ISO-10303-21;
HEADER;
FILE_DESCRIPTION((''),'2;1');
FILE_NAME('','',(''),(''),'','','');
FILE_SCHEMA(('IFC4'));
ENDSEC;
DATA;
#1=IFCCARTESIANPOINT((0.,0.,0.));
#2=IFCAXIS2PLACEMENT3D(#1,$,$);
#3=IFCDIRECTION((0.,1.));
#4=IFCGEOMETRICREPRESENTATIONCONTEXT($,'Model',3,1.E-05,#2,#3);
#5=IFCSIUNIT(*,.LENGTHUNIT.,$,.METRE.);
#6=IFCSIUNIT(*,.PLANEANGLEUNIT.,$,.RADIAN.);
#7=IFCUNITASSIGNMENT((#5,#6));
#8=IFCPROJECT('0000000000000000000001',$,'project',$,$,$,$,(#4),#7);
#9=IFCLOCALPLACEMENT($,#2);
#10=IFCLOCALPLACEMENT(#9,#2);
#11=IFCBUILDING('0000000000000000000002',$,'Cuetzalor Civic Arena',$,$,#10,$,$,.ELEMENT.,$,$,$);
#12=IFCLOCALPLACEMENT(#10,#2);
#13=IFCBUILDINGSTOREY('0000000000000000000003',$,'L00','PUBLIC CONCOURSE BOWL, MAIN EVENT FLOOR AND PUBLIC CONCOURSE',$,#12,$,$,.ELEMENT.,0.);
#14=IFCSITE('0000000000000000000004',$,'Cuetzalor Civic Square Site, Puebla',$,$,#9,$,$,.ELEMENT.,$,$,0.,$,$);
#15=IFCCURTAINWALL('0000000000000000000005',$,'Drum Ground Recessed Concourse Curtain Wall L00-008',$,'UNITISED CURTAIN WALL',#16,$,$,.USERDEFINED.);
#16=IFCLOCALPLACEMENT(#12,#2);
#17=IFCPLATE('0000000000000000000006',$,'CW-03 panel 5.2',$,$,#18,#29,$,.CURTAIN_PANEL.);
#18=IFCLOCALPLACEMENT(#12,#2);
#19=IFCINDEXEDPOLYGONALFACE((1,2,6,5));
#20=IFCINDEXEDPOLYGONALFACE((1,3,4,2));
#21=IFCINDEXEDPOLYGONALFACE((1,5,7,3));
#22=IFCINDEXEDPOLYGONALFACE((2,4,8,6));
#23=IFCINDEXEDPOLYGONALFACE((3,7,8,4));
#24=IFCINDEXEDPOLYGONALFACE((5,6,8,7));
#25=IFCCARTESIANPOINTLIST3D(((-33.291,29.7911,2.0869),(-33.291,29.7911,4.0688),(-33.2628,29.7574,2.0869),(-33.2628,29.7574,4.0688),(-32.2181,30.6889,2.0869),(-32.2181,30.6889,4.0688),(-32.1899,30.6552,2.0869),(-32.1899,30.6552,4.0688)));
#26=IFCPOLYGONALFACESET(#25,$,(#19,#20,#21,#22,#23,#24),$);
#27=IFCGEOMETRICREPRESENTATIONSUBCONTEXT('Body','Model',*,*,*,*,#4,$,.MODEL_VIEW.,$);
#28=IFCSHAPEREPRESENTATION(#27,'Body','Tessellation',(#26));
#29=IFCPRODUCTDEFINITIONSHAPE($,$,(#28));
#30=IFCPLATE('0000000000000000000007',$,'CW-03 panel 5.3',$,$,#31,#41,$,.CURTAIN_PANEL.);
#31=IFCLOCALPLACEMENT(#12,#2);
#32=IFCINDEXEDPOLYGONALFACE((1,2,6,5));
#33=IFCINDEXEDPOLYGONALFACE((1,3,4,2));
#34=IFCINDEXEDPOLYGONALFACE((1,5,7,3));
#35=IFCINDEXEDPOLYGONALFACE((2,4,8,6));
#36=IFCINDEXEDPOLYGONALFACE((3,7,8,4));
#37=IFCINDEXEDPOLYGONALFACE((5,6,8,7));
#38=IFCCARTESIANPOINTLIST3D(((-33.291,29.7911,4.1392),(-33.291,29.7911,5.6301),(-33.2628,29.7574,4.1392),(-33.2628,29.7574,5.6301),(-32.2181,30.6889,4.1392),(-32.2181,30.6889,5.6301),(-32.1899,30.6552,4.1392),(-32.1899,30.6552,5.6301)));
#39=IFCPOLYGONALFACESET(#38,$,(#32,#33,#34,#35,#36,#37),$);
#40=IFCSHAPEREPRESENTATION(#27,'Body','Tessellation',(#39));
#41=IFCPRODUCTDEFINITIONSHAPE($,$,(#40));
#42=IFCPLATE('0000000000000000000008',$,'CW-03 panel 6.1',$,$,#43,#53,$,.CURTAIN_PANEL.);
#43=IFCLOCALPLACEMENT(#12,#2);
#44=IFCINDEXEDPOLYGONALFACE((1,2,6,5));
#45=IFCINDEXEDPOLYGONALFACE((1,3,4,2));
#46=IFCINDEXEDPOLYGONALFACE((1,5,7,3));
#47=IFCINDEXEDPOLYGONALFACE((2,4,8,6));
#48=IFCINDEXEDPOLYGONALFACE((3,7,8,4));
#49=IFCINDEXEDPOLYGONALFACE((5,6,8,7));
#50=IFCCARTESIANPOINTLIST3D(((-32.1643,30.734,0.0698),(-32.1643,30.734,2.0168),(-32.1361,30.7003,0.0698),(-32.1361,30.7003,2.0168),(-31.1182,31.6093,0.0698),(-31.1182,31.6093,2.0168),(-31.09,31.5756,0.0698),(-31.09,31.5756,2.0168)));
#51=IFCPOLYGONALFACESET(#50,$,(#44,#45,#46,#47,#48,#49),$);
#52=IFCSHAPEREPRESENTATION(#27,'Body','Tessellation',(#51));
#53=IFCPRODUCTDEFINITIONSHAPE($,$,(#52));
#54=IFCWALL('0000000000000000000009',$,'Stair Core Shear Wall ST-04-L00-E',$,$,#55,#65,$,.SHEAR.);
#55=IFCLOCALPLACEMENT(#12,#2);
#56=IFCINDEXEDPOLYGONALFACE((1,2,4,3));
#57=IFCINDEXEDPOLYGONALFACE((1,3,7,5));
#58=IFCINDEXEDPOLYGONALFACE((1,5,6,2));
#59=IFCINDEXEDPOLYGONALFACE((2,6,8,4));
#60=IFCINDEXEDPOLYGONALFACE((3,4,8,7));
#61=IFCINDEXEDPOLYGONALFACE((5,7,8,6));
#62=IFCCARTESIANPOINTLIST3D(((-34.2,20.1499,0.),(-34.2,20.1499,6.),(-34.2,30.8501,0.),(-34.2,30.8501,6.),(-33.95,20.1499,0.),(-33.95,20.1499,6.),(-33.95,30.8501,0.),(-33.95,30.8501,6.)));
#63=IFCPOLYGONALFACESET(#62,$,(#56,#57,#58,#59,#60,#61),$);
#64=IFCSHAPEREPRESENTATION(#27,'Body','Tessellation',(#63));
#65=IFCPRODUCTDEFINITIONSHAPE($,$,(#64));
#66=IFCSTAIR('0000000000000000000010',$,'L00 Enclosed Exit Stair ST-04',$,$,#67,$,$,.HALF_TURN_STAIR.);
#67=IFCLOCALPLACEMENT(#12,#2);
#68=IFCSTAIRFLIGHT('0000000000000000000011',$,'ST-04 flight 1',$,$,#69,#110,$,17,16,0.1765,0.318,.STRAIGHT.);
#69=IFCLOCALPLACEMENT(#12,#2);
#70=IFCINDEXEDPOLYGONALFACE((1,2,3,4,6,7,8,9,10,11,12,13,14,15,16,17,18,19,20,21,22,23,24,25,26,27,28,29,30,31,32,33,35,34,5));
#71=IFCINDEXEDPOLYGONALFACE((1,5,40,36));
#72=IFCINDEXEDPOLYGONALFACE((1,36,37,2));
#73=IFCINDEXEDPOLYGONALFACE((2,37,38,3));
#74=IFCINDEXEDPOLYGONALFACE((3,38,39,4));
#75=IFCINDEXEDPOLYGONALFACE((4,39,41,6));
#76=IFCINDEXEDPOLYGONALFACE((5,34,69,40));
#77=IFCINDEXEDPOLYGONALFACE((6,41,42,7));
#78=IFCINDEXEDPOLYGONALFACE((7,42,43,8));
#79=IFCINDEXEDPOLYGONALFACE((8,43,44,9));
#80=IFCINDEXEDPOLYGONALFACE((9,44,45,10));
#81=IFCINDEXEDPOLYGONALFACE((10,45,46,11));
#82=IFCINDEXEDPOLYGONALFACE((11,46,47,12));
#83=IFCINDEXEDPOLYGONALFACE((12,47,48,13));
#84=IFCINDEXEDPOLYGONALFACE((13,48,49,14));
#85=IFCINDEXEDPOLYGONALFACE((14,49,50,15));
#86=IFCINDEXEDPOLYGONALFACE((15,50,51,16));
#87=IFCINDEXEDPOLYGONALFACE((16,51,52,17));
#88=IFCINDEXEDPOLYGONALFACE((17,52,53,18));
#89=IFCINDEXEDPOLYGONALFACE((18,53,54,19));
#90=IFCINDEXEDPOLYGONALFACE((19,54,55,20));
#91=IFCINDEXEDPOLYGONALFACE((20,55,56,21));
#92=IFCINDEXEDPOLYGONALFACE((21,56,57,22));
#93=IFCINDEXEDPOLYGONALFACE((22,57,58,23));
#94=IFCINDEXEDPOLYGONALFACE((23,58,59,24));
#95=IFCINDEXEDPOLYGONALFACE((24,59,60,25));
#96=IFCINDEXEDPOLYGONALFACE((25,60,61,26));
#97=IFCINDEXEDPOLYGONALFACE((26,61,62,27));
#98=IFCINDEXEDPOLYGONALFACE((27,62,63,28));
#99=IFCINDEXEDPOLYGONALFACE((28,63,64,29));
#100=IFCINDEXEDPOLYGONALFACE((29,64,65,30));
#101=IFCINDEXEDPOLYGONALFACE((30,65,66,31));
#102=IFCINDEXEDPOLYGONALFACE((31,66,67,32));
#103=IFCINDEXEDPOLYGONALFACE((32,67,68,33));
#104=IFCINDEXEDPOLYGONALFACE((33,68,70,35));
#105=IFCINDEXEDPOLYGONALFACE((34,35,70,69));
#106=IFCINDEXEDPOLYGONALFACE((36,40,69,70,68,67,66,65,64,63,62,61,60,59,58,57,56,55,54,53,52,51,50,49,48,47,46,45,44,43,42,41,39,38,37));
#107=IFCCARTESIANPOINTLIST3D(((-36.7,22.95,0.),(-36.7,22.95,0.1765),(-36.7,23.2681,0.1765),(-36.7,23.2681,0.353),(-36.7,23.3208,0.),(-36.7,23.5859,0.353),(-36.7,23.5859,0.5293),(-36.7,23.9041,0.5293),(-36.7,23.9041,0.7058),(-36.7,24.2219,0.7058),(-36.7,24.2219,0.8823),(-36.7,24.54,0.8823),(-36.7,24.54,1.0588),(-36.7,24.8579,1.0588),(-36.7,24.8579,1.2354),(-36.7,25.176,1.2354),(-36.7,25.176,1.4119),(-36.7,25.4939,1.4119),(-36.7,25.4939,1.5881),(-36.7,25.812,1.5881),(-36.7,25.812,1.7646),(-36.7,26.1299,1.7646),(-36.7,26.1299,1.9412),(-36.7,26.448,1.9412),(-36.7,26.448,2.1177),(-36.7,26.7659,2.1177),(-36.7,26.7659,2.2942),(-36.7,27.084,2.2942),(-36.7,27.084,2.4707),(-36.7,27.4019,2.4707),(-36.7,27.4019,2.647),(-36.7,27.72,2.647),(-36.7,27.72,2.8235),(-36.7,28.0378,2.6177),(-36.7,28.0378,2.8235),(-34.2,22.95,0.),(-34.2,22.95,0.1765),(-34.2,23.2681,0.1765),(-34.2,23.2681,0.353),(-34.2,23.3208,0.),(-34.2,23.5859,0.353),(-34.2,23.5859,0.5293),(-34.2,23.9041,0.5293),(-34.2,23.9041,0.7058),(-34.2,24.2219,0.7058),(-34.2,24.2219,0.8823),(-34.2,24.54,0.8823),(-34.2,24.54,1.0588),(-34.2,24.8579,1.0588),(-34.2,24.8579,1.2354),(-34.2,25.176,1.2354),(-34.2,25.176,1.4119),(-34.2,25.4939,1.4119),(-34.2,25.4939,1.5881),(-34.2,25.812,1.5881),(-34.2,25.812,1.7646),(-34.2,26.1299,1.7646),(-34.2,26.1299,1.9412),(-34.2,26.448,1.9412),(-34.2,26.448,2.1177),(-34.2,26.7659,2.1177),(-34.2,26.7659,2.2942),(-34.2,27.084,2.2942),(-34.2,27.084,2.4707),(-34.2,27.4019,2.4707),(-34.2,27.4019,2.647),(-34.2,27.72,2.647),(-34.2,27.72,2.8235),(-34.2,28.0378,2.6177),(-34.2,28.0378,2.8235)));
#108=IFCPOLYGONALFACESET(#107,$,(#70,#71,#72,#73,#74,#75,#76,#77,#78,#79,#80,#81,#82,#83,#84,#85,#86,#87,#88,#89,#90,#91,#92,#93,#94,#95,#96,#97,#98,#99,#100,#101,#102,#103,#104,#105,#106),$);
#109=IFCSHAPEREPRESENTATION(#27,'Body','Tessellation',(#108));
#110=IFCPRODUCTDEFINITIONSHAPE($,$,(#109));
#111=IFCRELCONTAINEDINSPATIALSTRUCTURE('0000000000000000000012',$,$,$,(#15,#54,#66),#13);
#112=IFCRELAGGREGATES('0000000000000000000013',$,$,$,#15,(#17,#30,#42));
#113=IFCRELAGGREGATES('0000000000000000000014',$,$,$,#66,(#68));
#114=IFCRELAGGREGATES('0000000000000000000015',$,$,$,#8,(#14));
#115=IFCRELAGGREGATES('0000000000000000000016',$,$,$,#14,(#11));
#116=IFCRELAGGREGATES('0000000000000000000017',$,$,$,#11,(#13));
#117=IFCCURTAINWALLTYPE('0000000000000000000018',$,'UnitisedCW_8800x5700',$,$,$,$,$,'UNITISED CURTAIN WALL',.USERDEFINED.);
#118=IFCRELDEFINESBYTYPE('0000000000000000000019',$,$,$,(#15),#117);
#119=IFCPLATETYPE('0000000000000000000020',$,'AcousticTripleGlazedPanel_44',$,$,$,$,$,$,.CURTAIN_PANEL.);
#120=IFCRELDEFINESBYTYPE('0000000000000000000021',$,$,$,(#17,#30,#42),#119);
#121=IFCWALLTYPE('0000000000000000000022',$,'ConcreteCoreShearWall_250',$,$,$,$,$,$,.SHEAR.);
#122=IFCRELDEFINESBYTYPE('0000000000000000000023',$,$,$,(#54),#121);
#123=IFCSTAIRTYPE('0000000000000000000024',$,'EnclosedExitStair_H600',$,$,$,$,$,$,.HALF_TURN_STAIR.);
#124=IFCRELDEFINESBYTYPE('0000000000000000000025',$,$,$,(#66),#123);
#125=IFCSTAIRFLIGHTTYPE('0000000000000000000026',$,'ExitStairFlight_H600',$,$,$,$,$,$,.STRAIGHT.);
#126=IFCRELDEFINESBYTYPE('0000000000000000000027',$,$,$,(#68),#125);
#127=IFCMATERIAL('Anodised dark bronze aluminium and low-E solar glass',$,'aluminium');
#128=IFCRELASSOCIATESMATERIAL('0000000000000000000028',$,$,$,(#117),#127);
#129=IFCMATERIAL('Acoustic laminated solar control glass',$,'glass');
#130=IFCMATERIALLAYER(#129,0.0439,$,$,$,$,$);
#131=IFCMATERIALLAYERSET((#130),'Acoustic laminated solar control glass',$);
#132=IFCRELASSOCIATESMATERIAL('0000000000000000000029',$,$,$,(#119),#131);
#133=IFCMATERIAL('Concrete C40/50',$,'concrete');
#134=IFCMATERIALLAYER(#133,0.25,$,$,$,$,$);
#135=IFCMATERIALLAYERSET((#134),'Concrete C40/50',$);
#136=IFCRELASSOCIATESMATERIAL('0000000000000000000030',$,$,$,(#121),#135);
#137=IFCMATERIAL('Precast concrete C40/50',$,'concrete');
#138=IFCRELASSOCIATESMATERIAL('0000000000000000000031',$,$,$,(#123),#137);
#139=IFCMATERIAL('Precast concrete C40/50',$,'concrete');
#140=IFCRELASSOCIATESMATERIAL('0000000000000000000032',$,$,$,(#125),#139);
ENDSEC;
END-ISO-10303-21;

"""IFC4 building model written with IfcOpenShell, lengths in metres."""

from ifc_helpers import new_model, si_unit, direction, frame, frame_2d, origin, origin_2d, place, context, subcontext, project, spatial, polyline, rectangle, outline, extrude, material, layer, layer_set, type_object, element, aggregate, save


model = new_model("IFC4")

# Units and contexts
model_context = context("Model", 3, precision=1e-05, world=origin(), true_north=direction((0.0, 1.0)))
body_context = subcontext(model_context, "Body", "Model", "MODEL_VIEW")
ifc_project = project(units=[si_unit("LENGTHUNIT", "METRE"), si_unit("PLANEANGLEUNIT", "RADIAN")], contexts=[model_context])

# Site, building, storey
site_placement = place(None, origin())
site = spatial("IfcSite", under=ifc_project, at=site_placement, Name="Cuetzalor Civic Square Site, Puebla", CompositionType="ELEMENT", RefElevation=0.0)
building_placement = place(site_placement, origin())
building = spatial("IfcBuilding", under=site, at=building_placement, Name="Cuetzalor Civic Arena", CompositionType="ELEMENT")
storey_placement = place(building_placement, origin())
storey = spatial("IfcBuildingStorey", under=building, at=storey_placement, Name="L00", Description="PUBLIC CONCOURSE BOWL, MAIN EVENT FLOOR AND PUBLIC CONCOURSE", CompositionType="ELEMENT", Elevation=0.0)

# Curtain wall, plates
ifc_material_1 = material(Name="Anodised dark bronze aluminium and low-E solar glass", Category="aluminium")
curtain_wall_type = type_object("IfcCurtainWallType", Name="UnitisedCW_8800x5700", ElementType="UNITISED CURTAIN WALL", PredefinedType="USERDEFINED", material=ifc_material_1)
curtain_wall_placement = place(storey_placement, origin())
curtain_wall = element("IfcCurtainWall", 1, at=curtain_wall_placement, inside=storey, type_object=curtain_wall_type, Name="Drum Ground Recessed Concourse Curtain Wall L00-008", ObjectType="UNITISED CURTAIN WALL", PredefinedType="USERDEFINED")
ifc_material_2 = material(Name="Acoustic laminated solar control glass", Category="glass")
ifc_layer_1 = layer(ifc_material_2, 0.0439)
ifc_layer_set_1 = layer_set([ifc_layer_1], Name="Acoustic laminated solar control glass")
plate_type = type_object("IfcPlateType", Name="AcousticTripleGlazedPanel_44", PredefinedType="CURTAIN_PANEL", material=ifc_layer_set_1)
plate_1_placement = place(storey_placement, frame((-32.7405, 30.2231, 2.0869), z_axis=(0.0, 0.0, 1.0), x_axis=(0.766928, 0.641733, 0.0)))
plate_1 = element("IfcPlate", 2, at=plate_1_placement, type_object=plate_type, Name="CW-03 panel 5.2", PredefinedType="CURTAIN_PANEL", context=body_context, shape_type="SweptSolid", body=[
    extrude(rectangle(XDim=1.3989, YDim=0.0439, at=origin_2d()), origin(), (0.0, 0.0, 1.0), 1.9819),
])
plate_2_placement = place(storey_placement, frame((-32.7405, 30.2231, 4.1392), z_axis=(0.0, 0.0, 1.0), x_axis=(0.766928, 0.641733, 0.0)))
plate_2 = element("IfcPlate", 3, at=plate_2_placement, type_object=plate_type, Name="CW-03 panel 5.3", PredefinedType="CURTAIN_PANEL", context=body_context, shape_type="SweptSolid", body=[
    extrude(rectangle(XDim=1.3989, YDim=0.0439, at=origin_2d()), origin(), (0.0, 0.0, 1.0), 1.491),
])
plate_3_placement = place(storey_placement, frame((-31.6272, 31.1548, 0.0698), z_axis=(0.0, 0.0, 1.0), x_axis=(0.766928, 0.641733, 0.0)))
plate_3 = element("IfcPlate", 4, at=plate_3_placement, type_object=plate_type, Name="CW-03 panel 6.1", PredefinedType="CURTAIN_PANEL", context=body_context, shape_type="SweptSolid", body=[
    extrude(rectangle(XDim=1.364, YDim=0.0439, at=origin_2d()), origin(), (0.0, 0.0, 1.0), 1.947),
])
aggregate(curtain_wall, [plate_1, plate_2, plate_3])

# Wall
ifc_material_3 = material(Name="Concrete C40/50", Category="concrete")
ifc_layer_2 = layer(ifc_material_3, 0.25)
ifc_layer_set_2 = layer_set([ifc_layer_2], Name="Concrete C40/50")
wall_type = type_object("IfcWallType", Name="ConcreteCoreShearWall_250", PredefinedType="SHEAR", material=ifc_layer_set_2)
wall_placement = place(storey_placement, frame((-34.075, 30.8501, 0.0), z_axis=(0.0, 0.0, 1.0), x_axis=(0.0, -1.0, 0.0)))
element("IfcWall", 5, at=wall_placement, inside=storey, type_object=wall_type, Name="Stair Core Shear Wall ST-04-L00-E", PredefinedType="SHEAR", context=body_context, shape_type="SweptSolid", body=[
    extrude(rectangle(XDim=10.7002, YDim=0.25, at=frame_2d((5.3501, 0.0))), origin(), (0.0, 0.0, 1.0), 6.0),
])

# Stair, stair flight
ifc_material_4 = material(Name="Precast concrete C40/50", Category="concrete")
stair_type = type_object("IfcStairType", Name="EnclosedExitStair_H600", PredefinedType="HALF_TURN_STAIR", material=ifc_material_4)
stair_placement = place(storey_placement, origin())
stair = element("IfcStair", 6, at=stair_placement, inside=storey, type_object=stair_type, Name="L00 Enclosed Exit Stair ST-04", PredefinedType="HALF_TURN_STAIR")
ifc_material_5 = material(Name="Precast concrete C40/50", Category="concrete")
stair_flight_type = type_object("IfcStairFlightType", Name="ExitStairFlight_H600", PredefinedType="STRAIGHT", material=ifc_material_5)
stair_flight_placement = place(storey_placement, frame((-35.45, 22.95, 0.0), z_axis=(0.0, 0.0, 1.0), x_axis=(0.0, 1.0, 0.0)))
stair_flight = element("IfcStairFlight", 7, at=stair_flight_placement, type_object=stair_flight_type, Name="ST-04 flight 1", NumberOfRisers=17, NumberOfTreads=16, PredefinedType="STRAIGHT", RiserHeight=0.1765, TreadLength=0.318, context=body_context, shape_type="SweptSolid", body=[
    extrude(outline(polyline([(0.0, 0.0), (0.0, 0.1765), (0.3181, 0.1765), (0.3181, 0.353), (0.636, 0.353), (0.636, 0.5293), (0.9541, 0.5293), (0.9541, 0.7058), (1.272, 0.7058), (1.272, 0.8823), (1.5901, 0.8823), (1.5901, 1.0588), (1.908, 1.0588), (1.908, 1.2354), (2.2261, 1.2354), (2.2261, 1.4119), (2.5439, 1.4119), (2.5439, 1.5881), (2.8621, 1.5881), (2.8621, 1.7646), (3.1799, 1.7646), (3.1799, 1.9412), (3.498, 1.9412), (3.498, 2.1177), (3.8159, 2.1177), (3.8159, 2.2942), (4.134, 2.2942), (4.134, 2.4707), (4.4519, 2.4707), (4.4519, 2.647), (4.77, 2.647), (4.77, 2.8235), (5.0879, 2.8235), (5.0879, 3.0), (5.0879, 2.6177), (0.3708, 0.0), (0.0, 0.0)])), frame((0.0, 1.25, 0.0), z_axis=(0.0, -1.0, 0.0), x_axis=(1.0, 0.0, 0.0)), (0.0, 0.0, 1.0), 2.5),
])
aggregate(stair, [stair_flight])

save(model, "model.ifc")
